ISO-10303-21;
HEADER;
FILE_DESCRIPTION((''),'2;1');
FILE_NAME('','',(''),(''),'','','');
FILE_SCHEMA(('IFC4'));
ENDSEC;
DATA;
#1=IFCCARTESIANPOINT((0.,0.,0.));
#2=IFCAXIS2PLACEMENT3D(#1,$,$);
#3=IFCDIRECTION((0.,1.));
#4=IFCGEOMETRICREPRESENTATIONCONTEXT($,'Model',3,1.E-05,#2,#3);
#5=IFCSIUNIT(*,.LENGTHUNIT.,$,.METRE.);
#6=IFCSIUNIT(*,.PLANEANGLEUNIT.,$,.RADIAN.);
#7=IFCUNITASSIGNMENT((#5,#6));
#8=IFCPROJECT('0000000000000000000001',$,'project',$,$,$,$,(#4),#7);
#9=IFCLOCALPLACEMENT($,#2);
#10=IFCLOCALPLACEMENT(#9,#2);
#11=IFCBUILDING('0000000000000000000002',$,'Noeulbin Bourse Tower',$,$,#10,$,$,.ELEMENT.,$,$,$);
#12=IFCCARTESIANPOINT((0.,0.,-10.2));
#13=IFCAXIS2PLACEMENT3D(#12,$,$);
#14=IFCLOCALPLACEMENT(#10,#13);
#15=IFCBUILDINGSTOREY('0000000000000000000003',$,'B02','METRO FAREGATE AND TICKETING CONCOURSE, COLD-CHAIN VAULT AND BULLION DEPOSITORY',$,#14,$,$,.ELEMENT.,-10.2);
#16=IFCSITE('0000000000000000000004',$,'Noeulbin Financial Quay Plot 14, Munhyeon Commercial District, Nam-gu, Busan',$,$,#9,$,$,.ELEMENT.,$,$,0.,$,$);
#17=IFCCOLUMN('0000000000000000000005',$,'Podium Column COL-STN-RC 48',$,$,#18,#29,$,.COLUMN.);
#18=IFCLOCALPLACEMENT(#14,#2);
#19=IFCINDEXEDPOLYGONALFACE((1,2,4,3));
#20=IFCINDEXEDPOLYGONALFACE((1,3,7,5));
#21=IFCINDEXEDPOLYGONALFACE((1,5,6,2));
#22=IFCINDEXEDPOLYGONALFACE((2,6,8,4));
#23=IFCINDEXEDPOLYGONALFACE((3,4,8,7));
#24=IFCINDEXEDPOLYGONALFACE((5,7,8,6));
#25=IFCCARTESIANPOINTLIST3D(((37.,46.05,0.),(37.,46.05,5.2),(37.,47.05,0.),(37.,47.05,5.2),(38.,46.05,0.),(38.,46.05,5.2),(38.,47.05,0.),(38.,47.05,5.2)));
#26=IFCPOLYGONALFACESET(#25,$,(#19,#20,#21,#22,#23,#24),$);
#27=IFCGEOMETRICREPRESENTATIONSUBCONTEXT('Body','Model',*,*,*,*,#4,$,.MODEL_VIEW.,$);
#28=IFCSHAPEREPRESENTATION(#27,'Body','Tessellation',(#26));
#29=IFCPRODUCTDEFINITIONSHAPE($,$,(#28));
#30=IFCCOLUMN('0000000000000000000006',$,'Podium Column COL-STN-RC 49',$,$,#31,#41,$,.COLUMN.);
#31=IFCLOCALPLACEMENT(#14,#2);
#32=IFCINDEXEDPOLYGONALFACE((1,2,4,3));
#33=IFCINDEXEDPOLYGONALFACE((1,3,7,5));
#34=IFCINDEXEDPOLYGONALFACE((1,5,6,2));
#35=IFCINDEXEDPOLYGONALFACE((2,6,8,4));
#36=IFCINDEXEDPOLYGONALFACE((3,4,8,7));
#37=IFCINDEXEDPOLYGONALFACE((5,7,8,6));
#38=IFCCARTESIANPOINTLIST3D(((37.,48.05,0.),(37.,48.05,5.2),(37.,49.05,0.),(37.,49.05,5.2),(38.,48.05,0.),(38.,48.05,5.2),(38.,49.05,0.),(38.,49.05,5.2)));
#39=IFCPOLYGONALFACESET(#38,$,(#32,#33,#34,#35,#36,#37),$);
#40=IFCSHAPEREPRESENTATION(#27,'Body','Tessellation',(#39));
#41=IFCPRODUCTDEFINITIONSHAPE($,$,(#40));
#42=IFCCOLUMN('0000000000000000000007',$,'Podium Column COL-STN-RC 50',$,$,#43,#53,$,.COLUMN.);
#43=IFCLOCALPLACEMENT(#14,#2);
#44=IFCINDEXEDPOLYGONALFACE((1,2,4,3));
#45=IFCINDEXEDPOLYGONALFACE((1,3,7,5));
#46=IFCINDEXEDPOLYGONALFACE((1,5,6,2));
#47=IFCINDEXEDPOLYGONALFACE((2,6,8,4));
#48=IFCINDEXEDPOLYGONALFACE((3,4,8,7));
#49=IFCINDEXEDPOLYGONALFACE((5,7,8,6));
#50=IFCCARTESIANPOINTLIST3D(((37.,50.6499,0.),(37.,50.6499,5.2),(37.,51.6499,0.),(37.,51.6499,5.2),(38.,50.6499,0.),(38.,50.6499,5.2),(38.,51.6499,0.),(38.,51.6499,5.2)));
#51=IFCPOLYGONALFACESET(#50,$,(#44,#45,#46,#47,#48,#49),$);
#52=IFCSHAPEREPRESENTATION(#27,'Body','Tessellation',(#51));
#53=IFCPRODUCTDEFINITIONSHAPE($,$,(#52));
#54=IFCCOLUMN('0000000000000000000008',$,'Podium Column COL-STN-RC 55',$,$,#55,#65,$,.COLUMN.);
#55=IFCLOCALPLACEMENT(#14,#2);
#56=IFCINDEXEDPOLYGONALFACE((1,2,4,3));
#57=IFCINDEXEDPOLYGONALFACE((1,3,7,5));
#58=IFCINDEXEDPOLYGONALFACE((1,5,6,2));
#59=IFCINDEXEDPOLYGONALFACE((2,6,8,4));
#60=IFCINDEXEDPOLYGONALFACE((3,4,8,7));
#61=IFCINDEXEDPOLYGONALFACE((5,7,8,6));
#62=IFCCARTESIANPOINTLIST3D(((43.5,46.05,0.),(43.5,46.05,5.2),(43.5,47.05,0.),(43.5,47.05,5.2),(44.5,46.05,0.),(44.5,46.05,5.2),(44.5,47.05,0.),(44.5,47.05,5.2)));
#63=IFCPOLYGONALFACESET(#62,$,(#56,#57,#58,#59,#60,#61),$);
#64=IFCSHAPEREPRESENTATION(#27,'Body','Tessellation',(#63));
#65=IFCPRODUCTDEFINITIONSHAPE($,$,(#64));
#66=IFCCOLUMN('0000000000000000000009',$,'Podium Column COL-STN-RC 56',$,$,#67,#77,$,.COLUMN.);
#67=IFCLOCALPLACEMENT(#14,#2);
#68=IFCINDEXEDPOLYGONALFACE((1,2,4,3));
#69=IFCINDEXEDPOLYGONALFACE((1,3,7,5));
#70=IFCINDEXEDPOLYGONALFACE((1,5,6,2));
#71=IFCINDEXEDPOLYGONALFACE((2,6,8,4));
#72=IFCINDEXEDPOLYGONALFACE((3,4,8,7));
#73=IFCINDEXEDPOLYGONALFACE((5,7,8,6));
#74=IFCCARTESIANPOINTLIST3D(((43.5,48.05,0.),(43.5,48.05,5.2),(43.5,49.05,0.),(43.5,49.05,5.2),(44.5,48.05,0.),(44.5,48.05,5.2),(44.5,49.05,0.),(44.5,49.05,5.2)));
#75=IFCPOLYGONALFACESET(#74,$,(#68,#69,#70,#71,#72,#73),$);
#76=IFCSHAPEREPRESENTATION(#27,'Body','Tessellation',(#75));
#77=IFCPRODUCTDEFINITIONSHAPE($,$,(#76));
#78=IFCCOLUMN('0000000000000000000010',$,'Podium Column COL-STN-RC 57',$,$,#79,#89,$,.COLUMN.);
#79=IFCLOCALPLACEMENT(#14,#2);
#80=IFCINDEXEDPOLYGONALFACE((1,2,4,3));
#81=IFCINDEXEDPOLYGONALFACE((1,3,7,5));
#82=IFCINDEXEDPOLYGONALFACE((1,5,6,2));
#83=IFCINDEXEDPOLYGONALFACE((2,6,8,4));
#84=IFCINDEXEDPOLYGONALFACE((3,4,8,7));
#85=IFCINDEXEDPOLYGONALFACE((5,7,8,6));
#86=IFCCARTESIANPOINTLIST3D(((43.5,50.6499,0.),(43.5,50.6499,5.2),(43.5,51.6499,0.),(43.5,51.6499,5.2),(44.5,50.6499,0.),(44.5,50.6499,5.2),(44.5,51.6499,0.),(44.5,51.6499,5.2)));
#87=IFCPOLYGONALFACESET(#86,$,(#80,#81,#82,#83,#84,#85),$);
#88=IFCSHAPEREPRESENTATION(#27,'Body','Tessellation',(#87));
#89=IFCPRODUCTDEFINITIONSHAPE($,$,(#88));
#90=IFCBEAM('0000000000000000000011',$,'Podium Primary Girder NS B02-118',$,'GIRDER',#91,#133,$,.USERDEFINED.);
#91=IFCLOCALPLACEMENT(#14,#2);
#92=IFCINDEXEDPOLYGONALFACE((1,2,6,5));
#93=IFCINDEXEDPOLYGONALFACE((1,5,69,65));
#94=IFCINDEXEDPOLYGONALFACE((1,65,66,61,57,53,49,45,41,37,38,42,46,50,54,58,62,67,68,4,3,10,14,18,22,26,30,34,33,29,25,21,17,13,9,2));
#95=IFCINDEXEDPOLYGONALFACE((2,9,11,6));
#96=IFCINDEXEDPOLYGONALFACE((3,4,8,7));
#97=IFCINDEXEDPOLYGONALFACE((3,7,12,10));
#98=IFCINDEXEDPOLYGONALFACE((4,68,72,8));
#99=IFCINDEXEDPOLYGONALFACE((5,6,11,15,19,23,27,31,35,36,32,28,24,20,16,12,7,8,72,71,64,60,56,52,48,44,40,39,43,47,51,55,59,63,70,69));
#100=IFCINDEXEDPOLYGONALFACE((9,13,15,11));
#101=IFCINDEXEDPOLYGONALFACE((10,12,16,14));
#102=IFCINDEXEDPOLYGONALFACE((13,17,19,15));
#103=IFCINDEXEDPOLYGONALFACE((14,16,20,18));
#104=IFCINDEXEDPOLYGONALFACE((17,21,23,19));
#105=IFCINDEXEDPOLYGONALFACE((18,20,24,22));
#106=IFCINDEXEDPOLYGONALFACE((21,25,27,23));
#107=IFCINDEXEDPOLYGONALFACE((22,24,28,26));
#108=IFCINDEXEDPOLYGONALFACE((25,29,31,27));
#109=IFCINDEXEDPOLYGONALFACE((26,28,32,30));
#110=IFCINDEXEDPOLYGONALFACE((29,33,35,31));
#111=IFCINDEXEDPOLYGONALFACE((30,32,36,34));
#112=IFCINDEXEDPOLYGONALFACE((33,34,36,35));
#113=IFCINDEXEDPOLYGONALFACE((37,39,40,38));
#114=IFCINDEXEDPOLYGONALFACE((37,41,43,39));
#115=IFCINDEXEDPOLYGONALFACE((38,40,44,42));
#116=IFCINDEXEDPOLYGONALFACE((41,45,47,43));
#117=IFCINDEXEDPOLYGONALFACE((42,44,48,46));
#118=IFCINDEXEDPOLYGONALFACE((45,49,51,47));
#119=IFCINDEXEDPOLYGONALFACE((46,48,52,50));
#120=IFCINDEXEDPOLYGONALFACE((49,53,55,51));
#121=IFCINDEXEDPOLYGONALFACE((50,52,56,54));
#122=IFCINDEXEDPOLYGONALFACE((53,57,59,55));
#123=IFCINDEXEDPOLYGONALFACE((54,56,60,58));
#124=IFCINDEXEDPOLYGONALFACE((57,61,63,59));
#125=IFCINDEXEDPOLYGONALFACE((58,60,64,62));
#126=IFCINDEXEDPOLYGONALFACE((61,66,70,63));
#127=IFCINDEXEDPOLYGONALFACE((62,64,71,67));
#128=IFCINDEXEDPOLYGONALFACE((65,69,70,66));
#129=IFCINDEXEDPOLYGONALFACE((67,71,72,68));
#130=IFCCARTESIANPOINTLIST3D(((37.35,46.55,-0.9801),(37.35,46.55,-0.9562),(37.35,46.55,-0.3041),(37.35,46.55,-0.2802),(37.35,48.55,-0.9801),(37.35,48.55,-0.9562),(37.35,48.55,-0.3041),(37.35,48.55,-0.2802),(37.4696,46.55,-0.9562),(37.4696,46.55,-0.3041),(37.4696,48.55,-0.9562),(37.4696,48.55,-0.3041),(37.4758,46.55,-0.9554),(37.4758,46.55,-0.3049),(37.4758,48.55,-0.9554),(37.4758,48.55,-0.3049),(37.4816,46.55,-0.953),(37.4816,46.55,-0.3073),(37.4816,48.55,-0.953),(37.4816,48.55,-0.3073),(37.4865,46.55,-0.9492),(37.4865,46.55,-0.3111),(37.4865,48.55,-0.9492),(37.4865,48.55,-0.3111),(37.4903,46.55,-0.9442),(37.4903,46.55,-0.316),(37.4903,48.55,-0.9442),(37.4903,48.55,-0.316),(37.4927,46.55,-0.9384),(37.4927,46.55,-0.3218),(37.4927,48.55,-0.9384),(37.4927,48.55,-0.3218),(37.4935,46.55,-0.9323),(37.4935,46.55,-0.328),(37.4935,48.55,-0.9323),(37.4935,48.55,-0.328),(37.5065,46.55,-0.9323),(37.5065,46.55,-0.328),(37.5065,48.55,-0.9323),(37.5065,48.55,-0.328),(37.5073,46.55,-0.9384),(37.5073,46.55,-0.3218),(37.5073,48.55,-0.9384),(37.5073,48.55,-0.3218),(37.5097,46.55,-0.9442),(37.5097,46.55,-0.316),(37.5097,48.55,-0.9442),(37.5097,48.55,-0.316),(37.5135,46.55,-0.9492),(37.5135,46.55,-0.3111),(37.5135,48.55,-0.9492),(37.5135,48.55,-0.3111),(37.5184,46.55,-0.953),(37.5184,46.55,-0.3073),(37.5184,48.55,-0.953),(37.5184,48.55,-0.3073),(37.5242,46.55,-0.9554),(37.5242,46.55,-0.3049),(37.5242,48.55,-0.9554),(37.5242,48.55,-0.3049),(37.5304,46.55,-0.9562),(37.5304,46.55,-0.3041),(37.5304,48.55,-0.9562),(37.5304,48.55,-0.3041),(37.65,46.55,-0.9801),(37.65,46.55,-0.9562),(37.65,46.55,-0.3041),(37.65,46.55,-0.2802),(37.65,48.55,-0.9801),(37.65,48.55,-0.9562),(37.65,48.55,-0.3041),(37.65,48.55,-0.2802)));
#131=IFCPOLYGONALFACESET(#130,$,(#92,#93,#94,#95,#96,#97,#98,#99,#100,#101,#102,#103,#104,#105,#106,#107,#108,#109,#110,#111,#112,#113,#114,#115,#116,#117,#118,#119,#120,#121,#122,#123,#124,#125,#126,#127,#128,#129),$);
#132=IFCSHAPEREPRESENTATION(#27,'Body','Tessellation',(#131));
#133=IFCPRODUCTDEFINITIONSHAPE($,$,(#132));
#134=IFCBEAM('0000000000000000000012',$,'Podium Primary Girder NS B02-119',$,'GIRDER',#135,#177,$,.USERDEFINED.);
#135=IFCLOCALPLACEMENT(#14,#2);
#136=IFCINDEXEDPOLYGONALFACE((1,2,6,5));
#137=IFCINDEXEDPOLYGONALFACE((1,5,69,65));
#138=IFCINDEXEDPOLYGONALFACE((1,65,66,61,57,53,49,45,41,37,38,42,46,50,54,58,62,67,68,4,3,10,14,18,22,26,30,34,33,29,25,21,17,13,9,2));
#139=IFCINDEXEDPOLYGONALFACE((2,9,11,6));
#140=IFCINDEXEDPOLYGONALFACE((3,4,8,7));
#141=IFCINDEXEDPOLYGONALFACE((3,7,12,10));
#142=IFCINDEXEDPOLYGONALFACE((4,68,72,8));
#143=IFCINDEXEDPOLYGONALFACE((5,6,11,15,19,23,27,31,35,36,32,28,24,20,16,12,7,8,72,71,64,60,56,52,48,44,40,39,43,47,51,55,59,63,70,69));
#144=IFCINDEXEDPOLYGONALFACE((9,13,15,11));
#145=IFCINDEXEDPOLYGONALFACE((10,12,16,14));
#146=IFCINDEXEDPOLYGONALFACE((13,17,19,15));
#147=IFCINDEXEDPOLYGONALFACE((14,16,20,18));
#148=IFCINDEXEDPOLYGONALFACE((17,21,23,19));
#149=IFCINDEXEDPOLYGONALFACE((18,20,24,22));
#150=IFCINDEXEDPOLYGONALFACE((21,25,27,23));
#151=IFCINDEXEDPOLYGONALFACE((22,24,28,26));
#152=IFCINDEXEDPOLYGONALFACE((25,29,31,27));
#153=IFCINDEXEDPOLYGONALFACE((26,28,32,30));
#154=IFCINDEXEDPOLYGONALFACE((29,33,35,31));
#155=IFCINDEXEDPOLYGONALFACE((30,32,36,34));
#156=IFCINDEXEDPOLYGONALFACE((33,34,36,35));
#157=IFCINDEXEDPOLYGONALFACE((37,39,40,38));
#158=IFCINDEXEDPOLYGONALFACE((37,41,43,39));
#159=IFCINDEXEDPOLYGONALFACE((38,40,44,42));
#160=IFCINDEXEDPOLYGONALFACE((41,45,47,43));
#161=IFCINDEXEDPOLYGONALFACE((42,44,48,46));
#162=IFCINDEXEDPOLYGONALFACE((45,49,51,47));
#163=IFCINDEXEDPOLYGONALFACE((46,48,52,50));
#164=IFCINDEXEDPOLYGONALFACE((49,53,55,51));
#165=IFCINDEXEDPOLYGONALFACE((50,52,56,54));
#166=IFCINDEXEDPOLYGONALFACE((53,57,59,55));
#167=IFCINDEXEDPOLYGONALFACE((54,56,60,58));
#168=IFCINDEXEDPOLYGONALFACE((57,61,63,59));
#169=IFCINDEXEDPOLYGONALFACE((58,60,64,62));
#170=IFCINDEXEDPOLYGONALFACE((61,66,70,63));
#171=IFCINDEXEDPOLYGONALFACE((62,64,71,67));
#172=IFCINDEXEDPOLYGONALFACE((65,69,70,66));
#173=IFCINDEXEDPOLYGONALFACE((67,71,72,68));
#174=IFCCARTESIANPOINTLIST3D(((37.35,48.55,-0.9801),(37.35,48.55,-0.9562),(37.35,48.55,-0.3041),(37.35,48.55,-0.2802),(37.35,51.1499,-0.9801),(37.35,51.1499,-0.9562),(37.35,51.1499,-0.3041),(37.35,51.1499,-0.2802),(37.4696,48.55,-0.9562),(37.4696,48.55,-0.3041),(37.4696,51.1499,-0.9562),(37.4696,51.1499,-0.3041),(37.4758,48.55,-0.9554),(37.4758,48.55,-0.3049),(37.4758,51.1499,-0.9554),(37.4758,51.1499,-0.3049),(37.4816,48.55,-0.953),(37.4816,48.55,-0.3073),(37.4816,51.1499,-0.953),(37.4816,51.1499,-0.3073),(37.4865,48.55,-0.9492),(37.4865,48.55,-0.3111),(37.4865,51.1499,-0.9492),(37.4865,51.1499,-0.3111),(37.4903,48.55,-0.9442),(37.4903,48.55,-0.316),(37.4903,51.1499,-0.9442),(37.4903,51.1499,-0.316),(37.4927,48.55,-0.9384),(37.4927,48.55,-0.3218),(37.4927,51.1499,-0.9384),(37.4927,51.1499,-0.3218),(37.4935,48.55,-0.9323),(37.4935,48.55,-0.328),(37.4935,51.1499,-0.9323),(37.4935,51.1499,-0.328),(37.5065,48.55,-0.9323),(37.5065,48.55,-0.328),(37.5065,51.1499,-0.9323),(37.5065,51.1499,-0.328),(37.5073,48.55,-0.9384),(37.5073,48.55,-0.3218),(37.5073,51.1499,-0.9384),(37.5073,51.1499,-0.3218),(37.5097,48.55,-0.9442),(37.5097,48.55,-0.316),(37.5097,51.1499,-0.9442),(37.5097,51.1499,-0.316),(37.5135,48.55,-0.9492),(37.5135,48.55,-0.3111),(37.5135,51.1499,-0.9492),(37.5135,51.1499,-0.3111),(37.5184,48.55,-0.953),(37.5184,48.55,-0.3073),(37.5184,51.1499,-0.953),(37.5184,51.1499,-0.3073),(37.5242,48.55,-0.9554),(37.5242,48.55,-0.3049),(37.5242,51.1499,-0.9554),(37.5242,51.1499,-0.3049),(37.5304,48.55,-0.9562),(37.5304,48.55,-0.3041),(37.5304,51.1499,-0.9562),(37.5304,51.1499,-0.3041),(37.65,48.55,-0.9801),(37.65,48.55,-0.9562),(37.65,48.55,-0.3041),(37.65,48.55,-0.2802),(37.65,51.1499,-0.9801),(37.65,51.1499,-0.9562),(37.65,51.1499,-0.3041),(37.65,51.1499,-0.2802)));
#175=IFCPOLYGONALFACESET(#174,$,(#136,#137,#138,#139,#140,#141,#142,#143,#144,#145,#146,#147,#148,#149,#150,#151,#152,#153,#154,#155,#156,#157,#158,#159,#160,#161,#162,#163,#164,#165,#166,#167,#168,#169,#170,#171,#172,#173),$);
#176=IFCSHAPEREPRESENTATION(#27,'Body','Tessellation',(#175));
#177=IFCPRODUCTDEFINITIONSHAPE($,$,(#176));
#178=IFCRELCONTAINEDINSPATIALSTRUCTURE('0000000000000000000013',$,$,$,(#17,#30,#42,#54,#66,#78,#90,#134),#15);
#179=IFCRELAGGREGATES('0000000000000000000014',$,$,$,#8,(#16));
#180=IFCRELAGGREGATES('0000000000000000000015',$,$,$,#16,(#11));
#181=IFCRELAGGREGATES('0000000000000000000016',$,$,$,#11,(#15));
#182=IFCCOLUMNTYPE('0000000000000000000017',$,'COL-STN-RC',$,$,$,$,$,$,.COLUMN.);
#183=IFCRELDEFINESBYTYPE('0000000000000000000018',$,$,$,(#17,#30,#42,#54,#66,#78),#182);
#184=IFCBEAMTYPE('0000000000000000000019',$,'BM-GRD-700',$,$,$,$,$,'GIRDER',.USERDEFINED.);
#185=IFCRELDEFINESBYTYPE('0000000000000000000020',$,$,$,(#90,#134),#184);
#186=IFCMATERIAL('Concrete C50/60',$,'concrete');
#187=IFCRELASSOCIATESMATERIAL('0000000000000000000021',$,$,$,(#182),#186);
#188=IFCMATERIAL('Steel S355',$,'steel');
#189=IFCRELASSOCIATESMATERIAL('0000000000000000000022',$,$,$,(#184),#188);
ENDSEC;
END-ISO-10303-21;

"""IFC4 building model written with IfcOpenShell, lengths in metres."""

from ifc_helpers import new_model, si_unit, direction, frame, origin, origin_2d, place, context, subcontext, project, spatial, rectangle, i_section, extrude, material, material_profile, profile_set, type_object, element, save


model = new_model("IFC4")

# Units and contexts
model_context = context("Model", 3, precision=1e-05, world=origin(), true_north=direction((0.0, 1.0)))
body_context = subcontext(model_context, "Body", "Model", "MODEL_VIEW")
ifc_project = project(units=[si_unit("LENGTHUNIT", "METRE"), si_unit("PLANEANGLEUNIT", "RADIAN")], contexts=[model_context])

# Site, building, storey
site_placement = place(None, origin())
site = spatial("IfcSite", under=ifc_project, at=site_placement, Name="Noeulbin Financial Quay Plot 14, Munhyeon Commercial District, Nam-gu, Busan", CompositionType="ELEMENT", RefElevation=0.0)
building_placement = place(site_placement, origin())
building = spatial("IfcBuilding", under=site, at=building_placement, Name="Noeulbin Bourse Tower", CompositionType="ELEMENT")
storey_placement = place(building_placement, frame((0.0, 0.0, -10.2)))
storey = spatial("IfcBuildingStorey", under=building, at=storey_placement, Name="B02", Description="METRO FAREGATE AND TICKETING CONCOURSE, COLD-CHAIN VAULT AND BULLION DEPOSITORY", CompositionType="ELEMENT", Elevation=-10.2)

# Columns
ifc_material_1 = material(Name="Concrete C50/60", Category="concrete")
ifc_material_profile_1 = material_profile(ifc_material_1, rectangle(XDim=1.0, YDim=1.0, at=origin_2d()), Name="RC-COL-1000x1000", Category="LoadBearing")
ifc_profile_set_1 = profile_set([ifc_material_profile_1], Name="Concrete C50/60")
column_type = type_object("IfcColumnType", Name="COL-STN-RC", PredefinedType="COLUMN", material=ifc_profile_set_1)
for number, where, z_axis, x_axis, name in (
    (1, (37.5, 46.55, 0.0), (0.0, 0.0, 1.0), (1.0, 0.0, 0.0), "Podium Column COL-STN-RC 48"),
    (2, (37.5, 48.55, 0.0), (0.0, 0.0, 1.0), (1.0, 0.0, 0.0), "Podium Column COL-STN-RC 49"),
    (3, (37.5, 51.1499, 0.0), (0.0, 0.0, 1.0), (1.0, 0.0, 0.0), "Podium Column COL-STN-RC 50"),
    (4, (44.0, 46.55, 0.0), (0.0, 0.0, 1.0), (1.0, 0.0, 0.0), "Podium Column COL-STN-RC 55"),
    (5, (44.0, 48.55, 0.0), (0.0, 0.0, 1.0), (1.0, 0.0, 0.0), "Podium Column COL-STN-RC 56"),
    (6, (44.0, 51.1499, 0.0), (0.0, 0.0, 1.0), (1.0, 0.0, 0.0), "Podium Column COL-STN-RC 57"),
):
    element("IfcColumn", number, at=place(storey_placement, frame(where, z_axis=z_axis, x_axis=x_axis)), inside=storey, type_object=column_type, Name=name, PredefinedType="COLUMN", context=body_context, shape_type="SweptSolid", body=[
        extrude(rectangle(XDim=1.0, YDim=1.0, at=origin_2d()), origin(), (0.0, 0.0, 1.0), 5.2),
    ])

# Beams
ifc_material_2 = material(Name="Steel S355", Category="steel")
ifc_material_profile_2 = material_profile(ifc_material_2, i_section(OverallWidth=0.3, OverallDepth=0.7, WebThickness=0.0129, FlangeThickness=0.0239, FilletRadius=0.0239, at=origin_2d()), Name="H-700x300x13x24", Category="LoadBearing")
ifc_profile_set_2 = profile_set([ifc_material_profile_2], Name="Steel S355")
beam_type_1 = type_object("IfcBeamType", Name="BM-GRD-700", ElementType="GIRDER", PredefinedType="USERDEFINED", material=ifc_profile_set_2)
beam_1_placement = place(storey_placement, frame((37.5, 46.55, -0.6301), z_axis=(0.0, 1.0, 0.0), x_axis=(-1.0, 0.0, 0.0)))
element("IfcBeam", 7, at=beam_1_placement, inside=storey, type_object=beam_type_1, Name="Podium Primary Girder NS B02-118", ObjectType="GIRDER", PredefinedType="USERDEFINED", context=body_context, shape_type="SweptSolid", body=[
    extrude(i_section(OverallWidth=0.3, OverallDepth=0.7, WebThickness=0.0129, FlangeThickness=0.0239, FilletRadius=0.0239, at=origin_2d()), origin(), (0.0, 0.0, 1.0), 2.0),
])
beam_2_placement = place(storey_placement, frame((37.5, 48.55, -0.6301), z_axis=(0.0, 1.0, 0.0), x_axis=(-1.0, 0.0, 0.0)))
element("IfcBeam", 8, at=beam_2_placement, inside=storey, type_object=beam_type_1, Name="Podium Primary Girder NS B02-119", ObjectType="GIRDER", PredefinedType="USERDEFINED", context=body_context, shape_type="SweptSolid", body=[
    extrude(i_section(OverallWidth=0.3, OverallDepth=0.7, WebThickness=0.0129, FlangeThickness=0.0239, FilletRadius=0.0239, at=origin_2d()), origin(), (0.0, 0.0, 1.0), 2.5999),
])

save(model, "model.ifc")
